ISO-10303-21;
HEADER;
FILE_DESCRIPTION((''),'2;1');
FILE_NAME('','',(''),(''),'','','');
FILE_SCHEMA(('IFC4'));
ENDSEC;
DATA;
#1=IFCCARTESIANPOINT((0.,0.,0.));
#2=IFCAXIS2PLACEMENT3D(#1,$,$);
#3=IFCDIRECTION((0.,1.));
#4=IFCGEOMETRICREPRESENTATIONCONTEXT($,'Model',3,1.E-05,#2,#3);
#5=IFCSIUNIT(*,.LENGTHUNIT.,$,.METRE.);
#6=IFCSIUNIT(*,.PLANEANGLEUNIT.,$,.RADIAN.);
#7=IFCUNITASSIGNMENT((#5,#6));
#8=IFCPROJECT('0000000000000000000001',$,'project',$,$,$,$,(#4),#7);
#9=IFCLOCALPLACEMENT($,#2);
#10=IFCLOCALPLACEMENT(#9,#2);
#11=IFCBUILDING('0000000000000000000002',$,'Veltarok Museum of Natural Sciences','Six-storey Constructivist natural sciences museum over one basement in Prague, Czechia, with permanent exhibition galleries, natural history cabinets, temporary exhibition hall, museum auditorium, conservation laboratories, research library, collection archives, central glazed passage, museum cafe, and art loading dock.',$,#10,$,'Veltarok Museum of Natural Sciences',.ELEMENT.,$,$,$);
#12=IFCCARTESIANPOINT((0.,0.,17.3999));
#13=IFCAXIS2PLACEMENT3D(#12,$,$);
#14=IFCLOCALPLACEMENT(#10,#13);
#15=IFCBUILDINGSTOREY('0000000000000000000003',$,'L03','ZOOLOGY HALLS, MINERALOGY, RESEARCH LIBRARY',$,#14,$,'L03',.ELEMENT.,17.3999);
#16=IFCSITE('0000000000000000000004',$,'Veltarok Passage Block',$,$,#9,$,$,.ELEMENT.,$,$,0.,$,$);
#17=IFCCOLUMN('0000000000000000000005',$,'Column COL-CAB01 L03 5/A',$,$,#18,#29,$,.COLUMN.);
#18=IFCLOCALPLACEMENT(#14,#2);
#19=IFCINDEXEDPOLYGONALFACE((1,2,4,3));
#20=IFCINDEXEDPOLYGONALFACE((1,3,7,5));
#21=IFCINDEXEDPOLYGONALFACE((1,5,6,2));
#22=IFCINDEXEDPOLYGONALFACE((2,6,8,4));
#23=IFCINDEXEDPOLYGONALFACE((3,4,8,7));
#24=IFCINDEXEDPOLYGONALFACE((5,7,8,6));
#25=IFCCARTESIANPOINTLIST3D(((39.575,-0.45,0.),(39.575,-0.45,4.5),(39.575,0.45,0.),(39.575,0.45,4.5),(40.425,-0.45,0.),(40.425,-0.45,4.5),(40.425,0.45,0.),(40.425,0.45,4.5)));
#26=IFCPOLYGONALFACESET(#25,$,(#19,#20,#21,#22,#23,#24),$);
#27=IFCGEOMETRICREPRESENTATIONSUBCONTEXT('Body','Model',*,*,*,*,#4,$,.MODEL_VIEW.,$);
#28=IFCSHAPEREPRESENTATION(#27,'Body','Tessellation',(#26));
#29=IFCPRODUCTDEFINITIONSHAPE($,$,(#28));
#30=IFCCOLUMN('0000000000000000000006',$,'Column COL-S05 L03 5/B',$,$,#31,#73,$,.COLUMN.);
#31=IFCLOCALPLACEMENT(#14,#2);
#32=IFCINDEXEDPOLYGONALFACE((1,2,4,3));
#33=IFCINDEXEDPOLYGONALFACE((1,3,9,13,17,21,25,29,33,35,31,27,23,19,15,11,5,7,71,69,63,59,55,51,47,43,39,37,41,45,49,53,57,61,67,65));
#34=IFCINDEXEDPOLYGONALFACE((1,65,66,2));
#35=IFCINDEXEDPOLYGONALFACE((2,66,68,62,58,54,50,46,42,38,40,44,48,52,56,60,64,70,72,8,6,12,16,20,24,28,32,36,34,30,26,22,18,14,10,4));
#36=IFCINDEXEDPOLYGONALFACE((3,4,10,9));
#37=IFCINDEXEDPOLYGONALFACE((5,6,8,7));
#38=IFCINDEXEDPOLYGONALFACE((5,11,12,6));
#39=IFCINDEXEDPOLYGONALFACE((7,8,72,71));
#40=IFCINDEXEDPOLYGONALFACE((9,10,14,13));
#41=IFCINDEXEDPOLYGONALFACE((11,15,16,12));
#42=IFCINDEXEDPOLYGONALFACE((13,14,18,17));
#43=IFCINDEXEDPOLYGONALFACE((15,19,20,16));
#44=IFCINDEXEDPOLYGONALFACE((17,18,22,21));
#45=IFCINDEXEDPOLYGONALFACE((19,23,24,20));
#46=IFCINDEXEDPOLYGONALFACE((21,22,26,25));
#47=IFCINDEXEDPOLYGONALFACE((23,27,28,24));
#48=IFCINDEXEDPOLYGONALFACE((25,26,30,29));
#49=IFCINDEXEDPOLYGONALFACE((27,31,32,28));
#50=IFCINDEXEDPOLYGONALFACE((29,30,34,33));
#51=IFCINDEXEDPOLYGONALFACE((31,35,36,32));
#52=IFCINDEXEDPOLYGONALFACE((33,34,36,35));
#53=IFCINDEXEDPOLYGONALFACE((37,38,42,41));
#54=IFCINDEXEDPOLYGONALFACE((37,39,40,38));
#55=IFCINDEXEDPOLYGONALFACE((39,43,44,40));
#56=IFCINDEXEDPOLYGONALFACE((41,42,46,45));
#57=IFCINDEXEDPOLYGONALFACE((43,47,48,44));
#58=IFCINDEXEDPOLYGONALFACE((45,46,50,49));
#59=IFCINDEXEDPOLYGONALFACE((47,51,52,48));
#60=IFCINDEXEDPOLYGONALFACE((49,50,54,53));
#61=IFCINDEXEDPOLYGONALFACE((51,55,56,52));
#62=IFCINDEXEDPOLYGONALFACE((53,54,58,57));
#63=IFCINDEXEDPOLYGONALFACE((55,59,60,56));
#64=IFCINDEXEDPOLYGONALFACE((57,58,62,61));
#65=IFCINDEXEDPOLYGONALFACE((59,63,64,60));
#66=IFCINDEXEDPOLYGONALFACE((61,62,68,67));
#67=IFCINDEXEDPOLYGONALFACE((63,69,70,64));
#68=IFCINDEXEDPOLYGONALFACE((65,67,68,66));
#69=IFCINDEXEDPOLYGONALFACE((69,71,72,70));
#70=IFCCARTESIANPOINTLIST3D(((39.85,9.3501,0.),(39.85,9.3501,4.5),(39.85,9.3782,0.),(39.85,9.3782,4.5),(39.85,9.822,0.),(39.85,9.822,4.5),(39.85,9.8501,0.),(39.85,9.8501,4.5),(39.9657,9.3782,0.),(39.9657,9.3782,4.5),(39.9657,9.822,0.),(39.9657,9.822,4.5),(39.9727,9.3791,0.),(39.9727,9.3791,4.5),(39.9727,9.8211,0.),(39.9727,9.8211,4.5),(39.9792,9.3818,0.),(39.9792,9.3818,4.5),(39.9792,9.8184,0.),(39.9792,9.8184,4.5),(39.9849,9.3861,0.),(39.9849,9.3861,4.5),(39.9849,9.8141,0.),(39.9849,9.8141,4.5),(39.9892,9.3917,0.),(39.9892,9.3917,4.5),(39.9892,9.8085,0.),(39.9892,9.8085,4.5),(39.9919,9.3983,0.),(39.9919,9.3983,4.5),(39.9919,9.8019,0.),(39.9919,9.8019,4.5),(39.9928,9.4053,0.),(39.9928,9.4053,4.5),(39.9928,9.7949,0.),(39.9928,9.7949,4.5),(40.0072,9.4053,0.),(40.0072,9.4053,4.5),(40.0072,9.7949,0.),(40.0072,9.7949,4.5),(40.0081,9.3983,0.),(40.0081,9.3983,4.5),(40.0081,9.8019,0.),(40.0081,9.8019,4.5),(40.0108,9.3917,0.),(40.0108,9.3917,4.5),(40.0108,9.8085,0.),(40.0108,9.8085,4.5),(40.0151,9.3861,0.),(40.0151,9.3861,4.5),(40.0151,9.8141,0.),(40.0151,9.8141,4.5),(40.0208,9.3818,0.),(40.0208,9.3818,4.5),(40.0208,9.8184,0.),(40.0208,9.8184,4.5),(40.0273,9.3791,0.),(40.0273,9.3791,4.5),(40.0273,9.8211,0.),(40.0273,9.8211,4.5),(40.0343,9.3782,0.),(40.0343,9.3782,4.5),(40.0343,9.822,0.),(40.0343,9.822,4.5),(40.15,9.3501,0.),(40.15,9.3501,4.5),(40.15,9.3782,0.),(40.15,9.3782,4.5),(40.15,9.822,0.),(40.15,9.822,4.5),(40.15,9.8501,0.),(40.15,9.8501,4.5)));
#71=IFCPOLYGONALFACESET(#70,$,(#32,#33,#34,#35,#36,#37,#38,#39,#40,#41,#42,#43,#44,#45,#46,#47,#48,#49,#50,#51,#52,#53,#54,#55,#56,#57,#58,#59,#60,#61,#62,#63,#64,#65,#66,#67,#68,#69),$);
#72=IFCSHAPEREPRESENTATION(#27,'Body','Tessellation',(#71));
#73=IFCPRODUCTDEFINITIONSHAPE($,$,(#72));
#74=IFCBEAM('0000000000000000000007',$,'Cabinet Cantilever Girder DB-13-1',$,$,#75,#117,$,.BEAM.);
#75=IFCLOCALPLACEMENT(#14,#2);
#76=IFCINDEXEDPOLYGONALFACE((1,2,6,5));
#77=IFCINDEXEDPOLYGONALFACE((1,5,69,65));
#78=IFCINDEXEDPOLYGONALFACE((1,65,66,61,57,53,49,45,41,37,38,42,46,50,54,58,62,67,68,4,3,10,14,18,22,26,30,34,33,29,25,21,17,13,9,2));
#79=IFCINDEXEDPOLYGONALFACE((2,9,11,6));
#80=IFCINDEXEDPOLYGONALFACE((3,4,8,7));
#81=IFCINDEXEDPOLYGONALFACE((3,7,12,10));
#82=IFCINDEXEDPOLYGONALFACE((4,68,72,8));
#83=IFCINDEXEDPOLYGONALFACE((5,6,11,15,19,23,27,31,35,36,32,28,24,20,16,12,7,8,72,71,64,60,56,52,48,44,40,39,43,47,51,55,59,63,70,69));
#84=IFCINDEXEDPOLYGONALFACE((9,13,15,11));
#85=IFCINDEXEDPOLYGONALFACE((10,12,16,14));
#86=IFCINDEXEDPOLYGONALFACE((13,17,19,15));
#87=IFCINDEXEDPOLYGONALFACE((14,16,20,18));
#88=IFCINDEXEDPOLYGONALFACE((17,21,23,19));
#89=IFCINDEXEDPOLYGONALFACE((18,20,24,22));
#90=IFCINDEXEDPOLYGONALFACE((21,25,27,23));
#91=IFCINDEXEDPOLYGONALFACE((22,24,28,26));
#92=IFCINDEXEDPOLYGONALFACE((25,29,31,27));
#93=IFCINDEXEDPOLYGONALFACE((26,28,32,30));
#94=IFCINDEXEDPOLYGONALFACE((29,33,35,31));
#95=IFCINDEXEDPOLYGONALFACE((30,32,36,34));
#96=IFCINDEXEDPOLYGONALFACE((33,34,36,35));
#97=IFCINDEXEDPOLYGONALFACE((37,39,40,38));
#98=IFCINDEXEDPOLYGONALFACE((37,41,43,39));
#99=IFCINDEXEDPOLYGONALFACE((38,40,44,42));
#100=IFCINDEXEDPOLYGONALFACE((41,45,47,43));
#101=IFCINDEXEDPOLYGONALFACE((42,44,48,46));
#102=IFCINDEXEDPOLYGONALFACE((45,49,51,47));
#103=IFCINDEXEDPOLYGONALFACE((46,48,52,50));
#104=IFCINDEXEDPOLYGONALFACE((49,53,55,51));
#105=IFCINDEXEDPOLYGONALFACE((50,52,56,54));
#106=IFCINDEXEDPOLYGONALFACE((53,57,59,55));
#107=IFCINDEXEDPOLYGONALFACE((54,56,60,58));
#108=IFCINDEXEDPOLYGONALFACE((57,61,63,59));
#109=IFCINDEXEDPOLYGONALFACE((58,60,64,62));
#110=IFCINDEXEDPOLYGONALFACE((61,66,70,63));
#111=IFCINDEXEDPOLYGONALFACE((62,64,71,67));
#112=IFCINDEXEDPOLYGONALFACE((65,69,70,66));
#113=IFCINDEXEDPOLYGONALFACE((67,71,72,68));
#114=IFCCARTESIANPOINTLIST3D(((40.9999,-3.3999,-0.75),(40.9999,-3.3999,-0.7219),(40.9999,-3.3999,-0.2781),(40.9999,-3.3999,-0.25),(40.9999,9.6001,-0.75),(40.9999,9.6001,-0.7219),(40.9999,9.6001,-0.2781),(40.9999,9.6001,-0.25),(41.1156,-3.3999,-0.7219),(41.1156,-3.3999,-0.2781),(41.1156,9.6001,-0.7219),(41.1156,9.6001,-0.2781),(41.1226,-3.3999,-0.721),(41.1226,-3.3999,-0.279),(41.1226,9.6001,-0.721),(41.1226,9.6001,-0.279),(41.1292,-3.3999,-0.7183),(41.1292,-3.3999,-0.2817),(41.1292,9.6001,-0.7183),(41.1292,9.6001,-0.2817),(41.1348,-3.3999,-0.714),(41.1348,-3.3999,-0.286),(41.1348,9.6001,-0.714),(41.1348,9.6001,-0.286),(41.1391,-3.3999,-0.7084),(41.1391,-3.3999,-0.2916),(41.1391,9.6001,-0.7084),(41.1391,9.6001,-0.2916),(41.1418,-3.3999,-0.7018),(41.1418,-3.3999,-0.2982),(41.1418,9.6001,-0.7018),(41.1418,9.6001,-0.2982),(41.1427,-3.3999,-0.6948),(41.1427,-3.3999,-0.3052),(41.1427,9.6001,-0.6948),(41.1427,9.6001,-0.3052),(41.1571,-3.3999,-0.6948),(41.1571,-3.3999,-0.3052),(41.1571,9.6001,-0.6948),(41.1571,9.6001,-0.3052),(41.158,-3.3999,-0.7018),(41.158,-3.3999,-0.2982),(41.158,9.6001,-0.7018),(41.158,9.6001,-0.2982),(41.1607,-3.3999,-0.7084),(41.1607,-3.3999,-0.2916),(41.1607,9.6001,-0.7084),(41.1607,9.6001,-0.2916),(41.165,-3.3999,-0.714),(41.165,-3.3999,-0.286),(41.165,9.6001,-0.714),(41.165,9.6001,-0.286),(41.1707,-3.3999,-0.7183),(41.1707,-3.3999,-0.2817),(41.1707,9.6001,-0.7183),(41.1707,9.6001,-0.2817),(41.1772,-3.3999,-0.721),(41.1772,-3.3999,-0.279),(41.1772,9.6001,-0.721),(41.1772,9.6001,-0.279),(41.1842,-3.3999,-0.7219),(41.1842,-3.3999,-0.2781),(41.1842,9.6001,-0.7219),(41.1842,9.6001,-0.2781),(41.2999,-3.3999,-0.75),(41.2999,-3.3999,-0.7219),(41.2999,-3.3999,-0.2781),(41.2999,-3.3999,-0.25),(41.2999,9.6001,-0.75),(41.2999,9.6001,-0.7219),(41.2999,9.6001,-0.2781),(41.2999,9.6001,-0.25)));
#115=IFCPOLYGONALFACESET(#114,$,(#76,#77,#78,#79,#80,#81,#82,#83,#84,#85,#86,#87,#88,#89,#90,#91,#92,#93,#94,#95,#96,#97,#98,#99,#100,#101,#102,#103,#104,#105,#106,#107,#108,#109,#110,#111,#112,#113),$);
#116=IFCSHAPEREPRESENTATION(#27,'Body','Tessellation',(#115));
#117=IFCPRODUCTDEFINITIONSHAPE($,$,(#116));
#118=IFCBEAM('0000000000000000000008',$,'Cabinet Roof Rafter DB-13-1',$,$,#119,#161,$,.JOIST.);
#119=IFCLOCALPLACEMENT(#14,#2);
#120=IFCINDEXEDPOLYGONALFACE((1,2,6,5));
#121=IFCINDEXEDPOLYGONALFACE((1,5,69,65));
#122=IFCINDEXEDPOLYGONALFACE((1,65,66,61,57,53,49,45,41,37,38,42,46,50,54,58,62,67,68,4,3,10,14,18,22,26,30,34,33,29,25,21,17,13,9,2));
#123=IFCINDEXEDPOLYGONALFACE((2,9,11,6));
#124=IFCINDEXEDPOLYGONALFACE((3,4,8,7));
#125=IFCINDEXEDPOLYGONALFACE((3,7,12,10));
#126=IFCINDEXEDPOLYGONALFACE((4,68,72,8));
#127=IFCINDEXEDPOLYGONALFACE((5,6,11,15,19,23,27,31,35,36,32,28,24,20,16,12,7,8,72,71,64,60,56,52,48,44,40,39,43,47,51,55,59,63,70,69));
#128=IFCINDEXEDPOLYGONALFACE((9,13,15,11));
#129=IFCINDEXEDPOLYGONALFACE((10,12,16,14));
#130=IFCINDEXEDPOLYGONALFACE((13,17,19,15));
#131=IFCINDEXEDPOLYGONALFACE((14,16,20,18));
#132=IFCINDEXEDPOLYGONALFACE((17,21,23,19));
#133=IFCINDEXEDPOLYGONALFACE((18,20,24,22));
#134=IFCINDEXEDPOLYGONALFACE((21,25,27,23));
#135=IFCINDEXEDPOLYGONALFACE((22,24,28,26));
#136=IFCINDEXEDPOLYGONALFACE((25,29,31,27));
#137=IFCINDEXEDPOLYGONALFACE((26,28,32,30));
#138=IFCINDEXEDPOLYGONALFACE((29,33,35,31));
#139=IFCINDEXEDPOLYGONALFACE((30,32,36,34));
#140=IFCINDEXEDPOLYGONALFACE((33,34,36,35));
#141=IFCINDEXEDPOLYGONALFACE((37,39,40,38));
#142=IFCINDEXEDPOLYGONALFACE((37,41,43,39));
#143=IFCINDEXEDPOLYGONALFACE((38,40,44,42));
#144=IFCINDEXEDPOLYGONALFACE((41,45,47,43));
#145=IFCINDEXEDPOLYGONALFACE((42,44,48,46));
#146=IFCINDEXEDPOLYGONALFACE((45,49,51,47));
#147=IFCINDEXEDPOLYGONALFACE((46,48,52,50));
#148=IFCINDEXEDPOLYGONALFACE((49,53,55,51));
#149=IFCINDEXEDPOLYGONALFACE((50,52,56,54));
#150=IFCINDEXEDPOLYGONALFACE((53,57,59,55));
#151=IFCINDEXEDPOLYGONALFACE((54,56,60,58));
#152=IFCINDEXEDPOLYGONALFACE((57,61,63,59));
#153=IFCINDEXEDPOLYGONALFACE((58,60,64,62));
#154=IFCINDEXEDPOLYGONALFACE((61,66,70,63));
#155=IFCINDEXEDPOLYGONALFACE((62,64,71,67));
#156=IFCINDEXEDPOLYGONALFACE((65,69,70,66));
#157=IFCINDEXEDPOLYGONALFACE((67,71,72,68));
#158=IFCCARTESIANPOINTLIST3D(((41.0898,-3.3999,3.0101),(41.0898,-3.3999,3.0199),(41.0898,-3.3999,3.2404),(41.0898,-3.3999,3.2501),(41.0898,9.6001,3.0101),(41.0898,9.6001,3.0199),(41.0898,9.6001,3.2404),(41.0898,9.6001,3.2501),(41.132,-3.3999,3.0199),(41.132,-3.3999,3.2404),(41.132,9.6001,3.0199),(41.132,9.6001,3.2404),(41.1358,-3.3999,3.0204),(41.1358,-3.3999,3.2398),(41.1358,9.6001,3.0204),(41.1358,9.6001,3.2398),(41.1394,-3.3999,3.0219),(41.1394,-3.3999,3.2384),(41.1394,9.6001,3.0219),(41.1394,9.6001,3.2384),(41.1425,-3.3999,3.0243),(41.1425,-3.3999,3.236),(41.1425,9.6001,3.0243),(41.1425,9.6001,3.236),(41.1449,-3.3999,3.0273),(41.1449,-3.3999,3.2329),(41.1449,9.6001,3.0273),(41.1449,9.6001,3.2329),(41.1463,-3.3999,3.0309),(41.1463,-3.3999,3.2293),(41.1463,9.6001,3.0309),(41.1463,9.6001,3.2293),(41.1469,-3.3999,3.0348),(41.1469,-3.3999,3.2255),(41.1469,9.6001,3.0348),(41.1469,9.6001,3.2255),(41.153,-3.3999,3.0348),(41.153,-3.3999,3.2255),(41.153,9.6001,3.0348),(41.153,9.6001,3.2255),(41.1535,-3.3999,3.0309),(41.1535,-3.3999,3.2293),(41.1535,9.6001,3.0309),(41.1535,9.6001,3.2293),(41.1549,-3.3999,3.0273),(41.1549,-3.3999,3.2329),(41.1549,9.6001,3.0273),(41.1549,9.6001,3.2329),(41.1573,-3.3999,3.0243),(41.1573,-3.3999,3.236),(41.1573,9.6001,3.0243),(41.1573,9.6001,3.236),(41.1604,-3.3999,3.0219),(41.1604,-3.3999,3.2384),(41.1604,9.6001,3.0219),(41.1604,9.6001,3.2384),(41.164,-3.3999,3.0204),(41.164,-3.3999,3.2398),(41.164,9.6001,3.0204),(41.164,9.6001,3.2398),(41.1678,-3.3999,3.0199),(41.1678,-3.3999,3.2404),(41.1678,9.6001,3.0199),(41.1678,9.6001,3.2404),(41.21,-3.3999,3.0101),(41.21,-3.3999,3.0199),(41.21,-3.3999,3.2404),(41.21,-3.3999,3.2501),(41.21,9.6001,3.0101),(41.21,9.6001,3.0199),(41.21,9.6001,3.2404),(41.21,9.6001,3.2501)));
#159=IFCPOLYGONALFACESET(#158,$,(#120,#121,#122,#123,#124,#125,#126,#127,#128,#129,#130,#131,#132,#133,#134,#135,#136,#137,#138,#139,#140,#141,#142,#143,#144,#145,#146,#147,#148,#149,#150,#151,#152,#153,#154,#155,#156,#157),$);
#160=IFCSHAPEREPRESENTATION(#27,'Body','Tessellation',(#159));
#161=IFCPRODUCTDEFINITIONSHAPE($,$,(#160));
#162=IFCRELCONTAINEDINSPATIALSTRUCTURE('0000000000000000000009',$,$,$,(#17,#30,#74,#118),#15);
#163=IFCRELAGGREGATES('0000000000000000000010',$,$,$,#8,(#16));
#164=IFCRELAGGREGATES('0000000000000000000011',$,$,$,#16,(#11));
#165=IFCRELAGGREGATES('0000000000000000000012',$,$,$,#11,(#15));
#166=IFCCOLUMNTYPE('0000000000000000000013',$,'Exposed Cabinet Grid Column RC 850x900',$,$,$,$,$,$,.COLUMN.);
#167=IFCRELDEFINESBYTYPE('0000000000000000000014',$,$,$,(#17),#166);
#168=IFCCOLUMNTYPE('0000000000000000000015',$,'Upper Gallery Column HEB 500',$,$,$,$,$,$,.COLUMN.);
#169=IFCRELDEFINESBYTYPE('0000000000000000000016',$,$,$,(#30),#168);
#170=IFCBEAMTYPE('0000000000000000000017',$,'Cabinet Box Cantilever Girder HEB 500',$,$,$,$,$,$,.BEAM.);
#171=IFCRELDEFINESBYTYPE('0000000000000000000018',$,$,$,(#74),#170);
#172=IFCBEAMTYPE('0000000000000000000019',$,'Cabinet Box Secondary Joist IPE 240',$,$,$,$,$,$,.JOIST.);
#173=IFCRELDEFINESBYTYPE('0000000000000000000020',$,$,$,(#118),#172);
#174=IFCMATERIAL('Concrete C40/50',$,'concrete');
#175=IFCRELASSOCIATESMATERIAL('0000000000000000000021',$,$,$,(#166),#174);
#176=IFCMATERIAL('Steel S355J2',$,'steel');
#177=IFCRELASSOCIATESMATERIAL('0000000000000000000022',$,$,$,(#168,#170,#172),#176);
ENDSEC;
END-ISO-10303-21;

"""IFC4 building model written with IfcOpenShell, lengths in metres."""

from ifc_helpers import new_model, si_unit, direction, frame, origin, origin_2d, place, context, subcontext, project, spatial, rectangle, i_section, extrude, material, material_profile, profile_set, type_object, element, save


model = new_model("IFC4")

# Units and contexts
model_context = context("Model", 3, precision=1e-05, world=origin(), true_north=direction((0.0, 1.0)))
body_context = subcontext(model_context, "Body", "Model", "MODEL_VIEW")
ifc_project = project(units=[si_unit("LENGTHUNIT", "METRE"), si_unit("PLANEANGLEUNIT", "RADIAN")], contexts=[model_context])

# Site, building, storey
site_placement = place(None, origin())
site = spatial("IfcSite", under=ifc_project, at=site_placement, Name="Veltarok Passage Block", CompositionType="ELEMENT", RefElevation=0.0)
building_placement = place(site_placement, origin())
building = spatial("IfcBuilding", under=site, at=building_placement, Name="Veltarok Museum of Natural Sciences", Description="Six-storey Constructivist natural sciences museum over one basement in Prague, Czechia, with permanent exhibition galleries, natural history cabinets, temporary exhibition hall, museum auditorium, conservation laboratories, research library, collection archives, central glazed passage, museum cafe, and art loading dock.", LongName="Veltarok Museum of Natural Sciences", CompositionType="ELEMENT")
storey_placement = place(building_placement, frame((0.0, 0.0, 17.3999)))
storey = spatial("IfcBuildingStorey", under=building, at=storey_placement, Name="L03", Description="ZOOLOGY HALLS, MINERALOGY, RESEARCH LIBRARY", LongName="L03", CompositionType="ELEMENT", Elevation=17.3999)

# Columns
ifc_material_1 = material(Name="Concrete C40/50", Category="concrete")
ifc_material_profile_1 = material_profile(ifc_material_1, rectangle(XDim=0.8501, YDim=0.8999, at=origin_2d()), Name="RC 850x900")
ifc_profile_set_1 = profile_set([ifc_material_profile_1], Name="Concrete C40/50")
column_type_1 = type_object("IfcColumnType", Name="Exposed Cabinet Grid Column RC 850x900", PredefinedType="COLUMN", material=ifc_profile_set_1)
column_1_placement = place(storey_placement, frame((40.0, 0.0, 0.0), z_axis=(0.0, 0.0, 1.0), x_axis=(1.0, 0.0, 0.0)))
element("IfcColumn", 1, at=column_1_placement, inside=storey, type_object=column_type_1, Name="Column COL-CAB01 L03 5/A", PredefinedType="COLUMN", context=body_context, shape_type="SweptSolid", body=[
    extrude(rectangle(XDim=0.8501, YDim=0.8999, at=origin_2d()), origin(), (0.0, 0.0, 1.0), 4.5),
])
ifc_material_2 = material(Name="Steel S355J2", Category="steel")
ifc_material_profile_2 = material_profile(ifc_material_2, i_section(OverallWidth=0.3, OverallDepth=0.5, WebThickness=0.0144, FlangeThickness=0.0281, FilletRadius=0.0271, at=origin_2d()), Name="HEB 500")
ifc_profile_set_2 = profile_set([ifc_material_profile_2], Name="Steel S355J2")
column_type_2 = type_object("IfcColumnType", Name="Upper Gallery Column HEB 500", PredefinedType="COLUMN", material=ifc_profile_set_2)
column_2_placement = place(storey_placement, frame((40.0, 9.6001, 0.0), z_axis=(0.0, 0.0, 1.0), x_axis=(1.0, 0.0, 0.0)))
element("IfcColumn", 2, at=column_2_placement, inside=storey, type_object=column_type_2, Name="Column COL-S05 L03 5/B", PredefinedType="COLUMN", context=body_context, shape_type="SweptSolid", body=[
    extrude(i_section(OverallWidth=0.3, OverallDepth=0.5, WebThickness=0.0144, FlangeThickness=0.0281, FilletRadius=0.0271, at=origin_2d()), origin(), (0.0, 0.0, 1.0), 4.5),
])

# Beams
ifc_material_profile_3 = material_profile(ifc_material_2, i_section(OverallWidth=0.3, OverallDepth=0.5, WebThickness=0.0144, FlangeThickness=0.0281, FilletRadius=0.0271, at=origin_2d()), Name="HEB 500")
ifc_profile_set_3 = profile_set([ifc_material_profile_3], Name="Steel S355J2")
beam_type_1 = type_object("IfcBeamType", Name="Cabinet Box Cantilever Girder HEB 500", PredefinedType="BEAM", material=ifc_profile_set_3)
beam_1_placement = place(storey_placement, frame((41.1499, -3.3999, -0.5), z_axis=(0.0, 1.0, 0.0), x_axis=(-1.0, 0.0, 0.0)))
element("IfcBeam", 3, at=beam_1_placement, inside=storey, type_object=beam_type_1, Name="Cabinet Cantilever Girder DB-13-1", PredefinedType="BEAM", context=body_context, shape_type="SweptSolid", body=[
    extrude(i_section(OverallWidth=0.3, OverallDepth=0.5, WebThickness=0.0144, FlangeThickness=0.0281, FilletRadius=0.0271, at=origin_2d()), origin(), (0.0, 0.0, 1.0), 13.0),
])
ifc_material_profile_4 = material_profile(ifc_material_2, i_section(OverallWidth=0.1201, OverallDepth=0.24, WebThickness=0.0061, FlangeThickness=0.0098, FilletRadius=0.0149, at=origin_2d()), Name="IPE 240")
ifc_profile_set_4 = profile_set([ifc_material_profile_4], Name="Steel S355J2")
beam_type_2 = type_object("IfcBeamType", Name="Cabinet Box Secondary Joist IPE 240", PredefinedType="JOIST", material=ifc_profile_set_4)
beam_2_placement = place(storey_placement, frame((41.1499, -3.3999, 3.1301), z_axis=(0.0, 1.0, 0.0), x_axis=(-1.0, 0.0, 0.0)))
element("IfcBeam", 4, at=beam_2_placement, inside=storey, type_object=beam_type_2, Name="Cabinet Roof Rafter DB-13-1", PredefinedType="JOIST", context=body_context, shape_type="SweptSolid", body=[
    extrude(i_section(OverallWidth=0.1201, OverallDepth=0.24, WebThickness=0.0061, FlangeThickness=0.0098, FilletRadius=0.0149, at=origin_2d()), origin(), (0.0, 0.0, 1.0), 13.0),
])

save(model, "model.ifc")
